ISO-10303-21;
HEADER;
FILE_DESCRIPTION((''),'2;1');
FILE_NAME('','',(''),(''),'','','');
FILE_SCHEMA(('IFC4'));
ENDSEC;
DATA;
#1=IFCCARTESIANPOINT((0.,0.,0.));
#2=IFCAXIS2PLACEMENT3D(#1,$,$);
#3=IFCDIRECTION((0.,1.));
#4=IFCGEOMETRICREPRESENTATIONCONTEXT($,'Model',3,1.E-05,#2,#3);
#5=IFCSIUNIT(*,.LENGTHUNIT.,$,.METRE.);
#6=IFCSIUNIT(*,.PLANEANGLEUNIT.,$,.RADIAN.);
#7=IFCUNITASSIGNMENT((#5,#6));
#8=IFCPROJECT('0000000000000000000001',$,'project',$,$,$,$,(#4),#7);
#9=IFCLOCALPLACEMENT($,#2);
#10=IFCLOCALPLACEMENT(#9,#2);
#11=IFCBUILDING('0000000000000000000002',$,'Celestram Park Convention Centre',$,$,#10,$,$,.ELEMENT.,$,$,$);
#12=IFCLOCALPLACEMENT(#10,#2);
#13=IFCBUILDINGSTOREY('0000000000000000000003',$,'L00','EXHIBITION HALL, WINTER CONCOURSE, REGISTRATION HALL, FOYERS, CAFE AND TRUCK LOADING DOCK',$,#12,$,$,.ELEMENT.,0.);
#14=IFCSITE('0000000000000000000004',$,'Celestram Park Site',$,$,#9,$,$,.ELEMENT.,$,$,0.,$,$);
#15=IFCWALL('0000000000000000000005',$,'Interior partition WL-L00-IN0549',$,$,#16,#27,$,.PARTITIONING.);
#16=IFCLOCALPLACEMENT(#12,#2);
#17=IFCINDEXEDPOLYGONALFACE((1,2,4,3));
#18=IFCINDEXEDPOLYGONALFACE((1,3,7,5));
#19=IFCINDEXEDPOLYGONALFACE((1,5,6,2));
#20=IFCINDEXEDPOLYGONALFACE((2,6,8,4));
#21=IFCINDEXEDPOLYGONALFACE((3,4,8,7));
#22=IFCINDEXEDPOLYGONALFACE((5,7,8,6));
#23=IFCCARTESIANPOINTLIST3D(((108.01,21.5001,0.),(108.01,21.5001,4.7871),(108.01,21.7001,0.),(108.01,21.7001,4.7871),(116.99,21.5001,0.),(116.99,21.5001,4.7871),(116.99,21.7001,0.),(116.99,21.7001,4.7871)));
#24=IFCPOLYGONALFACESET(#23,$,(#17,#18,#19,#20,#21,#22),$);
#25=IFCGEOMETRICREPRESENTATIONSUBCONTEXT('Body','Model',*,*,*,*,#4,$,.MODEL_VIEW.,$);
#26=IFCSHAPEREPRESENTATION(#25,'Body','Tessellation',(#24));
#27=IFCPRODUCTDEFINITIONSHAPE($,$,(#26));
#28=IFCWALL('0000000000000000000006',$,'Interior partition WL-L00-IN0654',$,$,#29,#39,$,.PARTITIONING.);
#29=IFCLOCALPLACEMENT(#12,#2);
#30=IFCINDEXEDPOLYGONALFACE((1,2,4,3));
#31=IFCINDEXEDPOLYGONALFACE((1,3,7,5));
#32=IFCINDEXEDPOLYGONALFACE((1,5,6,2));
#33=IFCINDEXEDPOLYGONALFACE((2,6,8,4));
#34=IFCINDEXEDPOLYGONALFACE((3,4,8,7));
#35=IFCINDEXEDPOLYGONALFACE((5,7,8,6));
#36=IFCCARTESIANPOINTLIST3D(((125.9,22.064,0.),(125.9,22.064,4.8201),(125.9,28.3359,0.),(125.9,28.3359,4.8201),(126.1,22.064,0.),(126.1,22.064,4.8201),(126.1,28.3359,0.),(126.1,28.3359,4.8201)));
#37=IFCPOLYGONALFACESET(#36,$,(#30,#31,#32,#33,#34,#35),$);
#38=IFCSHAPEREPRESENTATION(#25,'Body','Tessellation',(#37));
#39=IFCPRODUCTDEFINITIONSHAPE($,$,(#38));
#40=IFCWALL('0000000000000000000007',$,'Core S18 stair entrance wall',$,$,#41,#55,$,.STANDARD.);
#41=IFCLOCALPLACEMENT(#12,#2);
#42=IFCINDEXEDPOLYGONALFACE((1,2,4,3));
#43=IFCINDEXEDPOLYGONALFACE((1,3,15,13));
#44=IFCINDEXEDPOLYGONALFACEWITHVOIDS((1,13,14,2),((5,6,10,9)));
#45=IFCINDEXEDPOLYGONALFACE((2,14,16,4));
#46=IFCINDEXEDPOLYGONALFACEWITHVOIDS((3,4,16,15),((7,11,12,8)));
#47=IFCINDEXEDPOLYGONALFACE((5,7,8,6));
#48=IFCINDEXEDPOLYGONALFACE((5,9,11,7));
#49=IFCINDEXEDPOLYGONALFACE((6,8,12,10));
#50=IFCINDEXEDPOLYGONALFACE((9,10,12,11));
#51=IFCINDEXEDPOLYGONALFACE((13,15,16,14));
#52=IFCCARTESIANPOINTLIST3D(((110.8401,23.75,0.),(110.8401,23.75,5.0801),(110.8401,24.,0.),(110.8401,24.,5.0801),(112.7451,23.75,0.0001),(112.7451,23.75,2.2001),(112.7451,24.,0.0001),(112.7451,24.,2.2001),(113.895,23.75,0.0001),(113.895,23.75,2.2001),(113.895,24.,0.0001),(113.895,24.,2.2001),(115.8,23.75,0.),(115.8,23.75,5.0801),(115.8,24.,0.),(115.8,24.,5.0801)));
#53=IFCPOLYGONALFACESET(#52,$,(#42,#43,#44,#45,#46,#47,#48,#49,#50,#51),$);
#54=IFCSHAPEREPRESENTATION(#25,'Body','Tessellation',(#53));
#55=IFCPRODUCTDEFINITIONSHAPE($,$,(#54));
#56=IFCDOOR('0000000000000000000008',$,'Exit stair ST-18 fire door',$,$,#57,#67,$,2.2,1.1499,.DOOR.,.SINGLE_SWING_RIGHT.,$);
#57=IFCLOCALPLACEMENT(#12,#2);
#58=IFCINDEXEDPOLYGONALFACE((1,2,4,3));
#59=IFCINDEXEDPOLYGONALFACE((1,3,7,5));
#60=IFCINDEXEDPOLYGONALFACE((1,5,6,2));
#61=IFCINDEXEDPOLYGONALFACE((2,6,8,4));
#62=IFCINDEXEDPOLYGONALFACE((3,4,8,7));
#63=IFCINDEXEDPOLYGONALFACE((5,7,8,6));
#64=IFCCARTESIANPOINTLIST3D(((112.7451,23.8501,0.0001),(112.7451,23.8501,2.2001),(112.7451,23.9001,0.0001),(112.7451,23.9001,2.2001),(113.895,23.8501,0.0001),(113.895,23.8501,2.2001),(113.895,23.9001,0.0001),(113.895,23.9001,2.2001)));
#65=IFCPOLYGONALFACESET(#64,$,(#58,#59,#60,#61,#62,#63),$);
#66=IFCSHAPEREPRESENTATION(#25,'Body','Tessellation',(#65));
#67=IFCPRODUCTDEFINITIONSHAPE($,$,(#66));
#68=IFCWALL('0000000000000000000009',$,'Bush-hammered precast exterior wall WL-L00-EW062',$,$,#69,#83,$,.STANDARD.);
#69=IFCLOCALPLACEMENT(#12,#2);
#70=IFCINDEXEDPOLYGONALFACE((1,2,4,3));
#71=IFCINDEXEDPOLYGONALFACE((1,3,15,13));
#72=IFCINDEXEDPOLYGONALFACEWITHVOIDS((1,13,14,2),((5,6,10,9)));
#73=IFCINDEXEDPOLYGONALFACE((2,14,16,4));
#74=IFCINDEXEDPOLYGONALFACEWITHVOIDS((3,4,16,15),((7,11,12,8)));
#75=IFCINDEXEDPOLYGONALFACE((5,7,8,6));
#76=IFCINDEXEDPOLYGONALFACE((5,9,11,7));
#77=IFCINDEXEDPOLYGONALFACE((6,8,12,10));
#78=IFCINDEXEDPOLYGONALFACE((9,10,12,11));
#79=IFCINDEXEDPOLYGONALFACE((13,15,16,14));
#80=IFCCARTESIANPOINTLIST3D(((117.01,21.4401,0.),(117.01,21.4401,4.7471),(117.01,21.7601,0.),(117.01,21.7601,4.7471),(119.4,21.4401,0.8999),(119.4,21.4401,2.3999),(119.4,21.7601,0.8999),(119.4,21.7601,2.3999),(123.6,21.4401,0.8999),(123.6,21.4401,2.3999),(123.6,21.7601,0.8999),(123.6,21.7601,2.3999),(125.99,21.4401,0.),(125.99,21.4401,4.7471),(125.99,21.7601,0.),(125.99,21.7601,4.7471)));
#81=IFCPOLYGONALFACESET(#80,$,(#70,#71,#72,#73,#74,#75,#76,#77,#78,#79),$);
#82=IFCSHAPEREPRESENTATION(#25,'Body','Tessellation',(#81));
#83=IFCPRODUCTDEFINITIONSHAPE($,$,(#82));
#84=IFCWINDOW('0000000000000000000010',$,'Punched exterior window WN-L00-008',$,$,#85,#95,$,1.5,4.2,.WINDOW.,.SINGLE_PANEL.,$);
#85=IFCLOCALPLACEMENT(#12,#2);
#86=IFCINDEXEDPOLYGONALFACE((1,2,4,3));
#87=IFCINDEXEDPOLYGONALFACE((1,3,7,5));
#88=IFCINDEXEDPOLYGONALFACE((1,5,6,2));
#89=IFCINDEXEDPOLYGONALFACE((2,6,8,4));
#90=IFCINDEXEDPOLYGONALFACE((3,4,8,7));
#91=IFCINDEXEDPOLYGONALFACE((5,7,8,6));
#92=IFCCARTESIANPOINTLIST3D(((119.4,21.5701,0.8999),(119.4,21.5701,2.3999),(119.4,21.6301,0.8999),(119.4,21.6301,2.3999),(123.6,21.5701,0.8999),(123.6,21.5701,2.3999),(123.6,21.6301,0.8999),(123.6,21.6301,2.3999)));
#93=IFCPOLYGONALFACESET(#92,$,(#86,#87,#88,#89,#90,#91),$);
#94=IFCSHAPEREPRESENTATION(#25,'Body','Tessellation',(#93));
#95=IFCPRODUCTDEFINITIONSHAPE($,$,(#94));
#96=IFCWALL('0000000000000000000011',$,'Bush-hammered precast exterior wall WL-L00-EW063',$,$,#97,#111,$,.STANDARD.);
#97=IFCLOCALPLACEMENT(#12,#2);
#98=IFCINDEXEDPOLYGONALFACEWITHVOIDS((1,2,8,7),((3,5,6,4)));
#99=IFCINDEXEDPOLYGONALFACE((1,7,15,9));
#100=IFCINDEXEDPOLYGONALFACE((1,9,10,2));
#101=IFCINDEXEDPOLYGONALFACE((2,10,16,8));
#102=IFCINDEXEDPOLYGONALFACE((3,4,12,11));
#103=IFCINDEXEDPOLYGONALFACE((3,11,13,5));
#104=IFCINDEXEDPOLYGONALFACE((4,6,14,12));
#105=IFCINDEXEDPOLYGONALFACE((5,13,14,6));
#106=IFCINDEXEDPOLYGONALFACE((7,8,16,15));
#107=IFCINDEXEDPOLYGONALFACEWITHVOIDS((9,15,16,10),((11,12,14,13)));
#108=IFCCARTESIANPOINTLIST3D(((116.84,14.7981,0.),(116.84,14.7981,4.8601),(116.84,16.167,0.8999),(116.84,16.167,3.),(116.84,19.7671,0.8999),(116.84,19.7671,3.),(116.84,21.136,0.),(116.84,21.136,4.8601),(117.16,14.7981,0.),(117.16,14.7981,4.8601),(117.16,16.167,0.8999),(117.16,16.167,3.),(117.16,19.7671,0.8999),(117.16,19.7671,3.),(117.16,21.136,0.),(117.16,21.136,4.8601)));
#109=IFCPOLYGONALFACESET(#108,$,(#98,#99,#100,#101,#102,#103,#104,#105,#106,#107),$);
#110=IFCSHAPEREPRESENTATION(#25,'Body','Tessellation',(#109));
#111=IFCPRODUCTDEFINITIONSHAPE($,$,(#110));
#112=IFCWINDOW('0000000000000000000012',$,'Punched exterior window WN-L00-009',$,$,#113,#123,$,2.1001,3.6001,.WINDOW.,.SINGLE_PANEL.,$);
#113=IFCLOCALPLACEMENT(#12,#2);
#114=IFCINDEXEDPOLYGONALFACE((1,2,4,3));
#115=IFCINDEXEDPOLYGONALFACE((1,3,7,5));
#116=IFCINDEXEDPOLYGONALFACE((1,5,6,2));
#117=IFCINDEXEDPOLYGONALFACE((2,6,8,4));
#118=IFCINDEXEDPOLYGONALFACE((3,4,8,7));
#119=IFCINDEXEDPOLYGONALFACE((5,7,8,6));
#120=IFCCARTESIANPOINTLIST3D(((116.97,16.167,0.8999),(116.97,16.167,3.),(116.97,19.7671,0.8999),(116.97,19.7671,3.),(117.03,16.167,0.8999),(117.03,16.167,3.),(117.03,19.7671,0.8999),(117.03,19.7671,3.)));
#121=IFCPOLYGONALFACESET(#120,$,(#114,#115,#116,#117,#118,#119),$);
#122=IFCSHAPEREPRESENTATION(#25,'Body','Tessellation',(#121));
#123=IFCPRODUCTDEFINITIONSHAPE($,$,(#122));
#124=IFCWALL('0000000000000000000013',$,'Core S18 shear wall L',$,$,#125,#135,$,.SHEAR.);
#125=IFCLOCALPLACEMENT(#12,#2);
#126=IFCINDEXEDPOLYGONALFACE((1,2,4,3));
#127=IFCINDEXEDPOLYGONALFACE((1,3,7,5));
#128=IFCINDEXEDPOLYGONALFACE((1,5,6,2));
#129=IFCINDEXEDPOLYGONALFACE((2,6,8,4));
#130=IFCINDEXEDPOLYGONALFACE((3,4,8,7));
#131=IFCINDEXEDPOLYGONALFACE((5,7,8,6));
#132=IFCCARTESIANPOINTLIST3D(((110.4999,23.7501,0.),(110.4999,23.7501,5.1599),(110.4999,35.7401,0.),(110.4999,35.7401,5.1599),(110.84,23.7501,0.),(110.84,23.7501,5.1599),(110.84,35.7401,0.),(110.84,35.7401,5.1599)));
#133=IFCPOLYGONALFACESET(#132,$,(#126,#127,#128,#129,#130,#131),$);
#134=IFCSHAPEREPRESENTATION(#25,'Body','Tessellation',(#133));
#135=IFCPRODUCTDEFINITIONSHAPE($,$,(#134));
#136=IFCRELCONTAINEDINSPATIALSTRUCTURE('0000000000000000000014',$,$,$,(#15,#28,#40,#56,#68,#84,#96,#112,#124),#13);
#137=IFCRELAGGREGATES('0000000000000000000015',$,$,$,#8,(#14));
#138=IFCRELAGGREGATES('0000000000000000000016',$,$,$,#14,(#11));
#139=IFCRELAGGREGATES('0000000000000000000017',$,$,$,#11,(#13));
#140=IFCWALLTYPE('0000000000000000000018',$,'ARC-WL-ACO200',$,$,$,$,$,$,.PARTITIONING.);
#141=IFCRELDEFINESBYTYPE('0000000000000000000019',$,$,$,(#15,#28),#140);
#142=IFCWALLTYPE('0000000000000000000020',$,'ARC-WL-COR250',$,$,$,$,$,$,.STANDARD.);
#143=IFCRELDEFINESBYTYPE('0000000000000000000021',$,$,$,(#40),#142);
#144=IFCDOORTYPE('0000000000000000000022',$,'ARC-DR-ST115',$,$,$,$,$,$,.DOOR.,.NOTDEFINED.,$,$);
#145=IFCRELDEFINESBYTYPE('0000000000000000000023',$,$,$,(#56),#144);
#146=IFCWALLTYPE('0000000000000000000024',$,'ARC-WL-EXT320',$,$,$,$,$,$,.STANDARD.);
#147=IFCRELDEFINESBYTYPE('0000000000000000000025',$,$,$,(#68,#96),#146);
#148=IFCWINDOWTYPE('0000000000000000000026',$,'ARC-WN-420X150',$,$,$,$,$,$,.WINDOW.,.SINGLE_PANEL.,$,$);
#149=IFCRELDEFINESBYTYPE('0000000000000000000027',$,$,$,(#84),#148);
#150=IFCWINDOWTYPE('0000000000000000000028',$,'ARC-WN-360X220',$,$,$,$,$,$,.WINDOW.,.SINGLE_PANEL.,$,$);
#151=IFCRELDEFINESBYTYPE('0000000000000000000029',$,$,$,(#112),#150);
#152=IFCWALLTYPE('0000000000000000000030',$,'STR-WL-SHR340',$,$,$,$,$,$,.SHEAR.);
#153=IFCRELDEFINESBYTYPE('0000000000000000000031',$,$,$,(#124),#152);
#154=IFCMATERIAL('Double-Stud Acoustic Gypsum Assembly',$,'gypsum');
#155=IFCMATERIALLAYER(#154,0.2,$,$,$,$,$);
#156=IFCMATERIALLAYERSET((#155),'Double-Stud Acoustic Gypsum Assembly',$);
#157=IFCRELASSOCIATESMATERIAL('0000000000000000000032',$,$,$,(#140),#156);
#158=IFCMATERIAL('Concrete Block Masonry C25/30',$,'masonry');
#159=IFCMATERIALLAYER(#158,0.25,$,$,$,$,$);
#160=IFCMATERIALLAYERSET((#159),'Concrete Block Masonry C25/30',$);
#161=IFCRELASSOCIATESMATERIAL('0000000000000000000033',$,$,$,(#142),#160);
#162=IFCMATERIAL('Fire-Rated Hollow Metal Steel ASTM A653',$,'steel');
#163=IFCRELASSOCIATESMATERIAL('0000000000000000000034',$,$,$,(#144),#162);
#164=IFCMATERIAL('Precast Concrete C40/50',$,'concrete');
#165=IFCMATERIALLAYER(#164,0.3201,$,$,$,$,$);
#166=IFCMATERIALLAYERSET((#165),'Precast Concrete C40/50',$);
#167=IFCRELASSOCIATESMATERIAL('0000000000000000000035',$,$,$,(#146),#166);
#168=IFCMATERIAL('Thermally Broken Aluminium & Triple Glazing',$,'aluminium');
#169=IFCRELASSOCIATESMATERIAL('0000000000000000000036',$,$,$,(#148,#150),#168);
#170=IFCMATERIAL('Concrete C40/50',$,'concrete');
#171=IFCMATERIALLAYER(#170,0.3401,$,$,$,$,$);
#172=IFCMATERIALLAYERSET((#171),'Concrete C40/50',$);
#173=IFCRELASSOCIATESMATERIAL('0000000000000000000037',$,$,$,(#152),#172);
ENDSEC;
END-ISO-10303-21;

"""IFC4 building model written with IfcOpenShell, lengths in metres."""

from ifc_helpers import new_model, si_unit, direction, frame, frame_2d, origin, place, context, subcontext, project, spatial, rectangle, extrude, material, layer, layer_set, type_object, element, fill, save


model = new_model("IFC4")

# Units and contexts
model_context = context("Model", 3, precision=1e-05, world=origin(), true_north=direction((0.0, 1.0)))
body_context = subcontext(model_context, "Body", "Model", "MODEL_VIEW")
ifc_project = project(units=[si_unit("LENGTHUNIT", "METRE"), si_unit("PLANEANGLEUNIT", "RADIAN")], contexts=[model_context])

# Site, building, storey
site_placement = place(None, origin())
site = spatial("IfcSite", under=ifc_project, at=site_placement, Name="Celestram Park Site", CompositionType="ELEMENT", RefElevation=0.0)
building_placement = place(site_placement, origin())
building = spatial("IfcBuilding", under=site, at=building_placement, Name="Celestram Park Convention Centre", CompositionType="ELEMENT")
storey_placement = place(building_placement, origin())
storey = spatial("IfcBuildingStorey", under=building, at=storey_placement, Name="L00", Description="EXHIBITION HALL, WINTER CONCOURSE, REGISTRATION HALL, FOYERS, CAFE AND TRUCK LOADING DOCK", CompositionType="ELEMENT", Elevation=0.0)

# Walls
ifc_material_1 = material(Name="Double-Stud Acoustic Gypsum Assembly", Category="gypsum")
ifc_layer_1 = layer(ifc_material_1, 0.2)
ifc_layer_set_1 = layer_set([ifc_layer_1], Name="Double-Stud Acoustic Gypsum Assembly")
wall_type_1 = type_object("IfcWallType", Name="ARC-WL-ACO200", PredefinedType="PARTITIONING", material=ifc_layer_set_1)
wall_1_placement = place(storey_placement, frame((108.01, 21.6001, 0.0), z_axis=(0.0, 0.0, 1.0), x_axis=(1.0, 0.0, 0.0)))
element("IfcWall", 1, at=wall_1_placement, inside=storey, type_object=wall_type_1, Name="Interior partition WL-L00-IN0549", PredefinedType="PARTITIONING", context=body_context, shape_type="SweptSolid", body=[
    extrude(rectangle(XDim=8.98, YDim=0.2, at=frame_2d((4.49, 0.0))), origin(), (0.0, 0.0, 1.0), 4.7871),
])
wall_2_placement = place(storey_placement, frame((126.0, 22.064, 0.0), z_axis=(0.0, 0.0, 1.0), x_axis=(0.0, 1.0, 0.0)))
element("IfcWall", 2, at=wall_2_placement, inside=storey, type_object=wall_type_1, Name="Interior partition WL-L00-IN0654", PredefinedType="PARTITIONING", context=body_context, shape_type="SweptSolid", body=[
    extrude(rectangle(XDim=6.272, YDim=0.2, at=frame_2d((3.136, 0.0))), origin(), (0.0, 0.0, 1.0), 4.8201),
])

# Wall, opening, door
ifc_material_2 = material(Name="Concrete Block Masonry C25/30", Category="masonry")
ifc_layer_2 = layer(ifc_material_2, 0.25)
ifc_layer_set_2 = layer_set([ifc_layer_2], Name="Concrete Block Masonry C25/30")
wall_type_2 = type_object("IfcWallType", Name="ARC-WL-COR250", PredefinedType="STANDARD", material=ifc_layer_set_2)
wall_3_placement = place(storey_placement, frame((115.8, 23.875, 0.0), z_axis=(0.0, 0.0, 1.0), x_axis=(-1.0, 0.0, 0.0)))
wall_3 = element("IfcWall", 3, at=wall_3_placement, inside=storey, type_object=wall_type_2, Name="Core S18 stair entrance wall", PredefinedType="STANDARD", context=body_context, shape_type="SweptSolid", body=[
    extrude(rectangle(XDim=4.96, YDim=0.25, at=frame_2d((2.48, 0.0))), origin(), (0.0, 0.0, 1.0), 5.0801),
])
opening_1_placement = place(wall_3_placement, frame((1.905, 0.0, 0.0)))
opening_1 = element("IfcOpeningElement", 4, at=opening_1_placement, cuts=wall_3, PredefinedType="OPENING", context=body_context, shape_type="SweptSolid", body=[
    extrude(rectangle(XDim=1.1499, YDim=2.2, at=frame_2d((0.575, 1.1001))), frame((0.0, 0.135, 0.0), z_axis=(0.0, -1.0, 0.0), x_axis=(1.0, 0.0, 0.0)), (0.0, 0.0, 1.0), 0.27),
])
ifc_material_3 = material(Name="Fire-Rated Hollow Metal Steel ASTM A653", Category="steel")
door_type = type_object("IfcDoorType", Name="ARC-DR-ST115", OperationType="NOTDEFINED", PredefinedType="DOOR", material=ifc_material_3)
door_placement = place(opening_1_placement, origin())
door = element("IfcDoor", 5, at=door_placement, inside=storey, type_object=door_type, Name="Exit stair ST-18 fire door", OperationType="SINGLE_SWING_RIGHT", OverallHeight=2.2, OverallWidth=1.1499, PredefinedType="DOOR", context=body_context, shape_type="SweptSolid", body=[
    extrude(rectangle(XDim=1.1499, YDim=2.2, at=frame_2d((0.575, 1.1001))), frame((0.0, 0.0249, 0.0), z_axis=(0.0, -1.0, 0.0), x_axis=(1.0, 0.0, 0.0)), (0.0, 0.0, 1.0), 0.05),
])
fill(opening_1, door)

# Walls, openings, windows
ifc_material_4 = material(Name="Precast Concrete C40/50", Category="concrete")
ifc_layer_3 = layer(ifc_material_4, 0.3201)
ifc_layer_set_3 = layer_set([ifc_layer_3], Name="Precast Concrete C40/50")
wall_type_3 = type_object("IfcWallType", Name="ARC-WL-EXT320", PredefinedType="STANDARD", material=ifc_layer_set_3)
wall_4_placement = place(storey_placement, frame((125.99, 21.6001, 0.0), z_axis=(0.0, 0.0, 1.0), x_axis=(-1.0, 0.0, 0.0)))
wall_4 = element("IfcWall", 6, at=wall_4_placement, inside=storey, type_object=wall_type_3, Name="Bush-hammered precast exterior wall WL-L00-EW062", PredefinedType="STANDARD", context=body_context, shape_type="SweptSolid", body=[
    extrude(rectangle(XDim=8.98, YDim=0.3201, at=frame_2d((4.49, 0.0))), origin(), (0.0, 0.0, 1.0), 4.7471),
])
opening_2_placement = place(wall_4_placement, frame((2.3899, 0.0, 0.8999)))
opening_2 = element("IfcOpeningElement", 7, at=opening_2_placement, cuts=wall_4, PredefinedType="OPENING", context=body_context, shape_type="SweptSolid", body=[
    extrude(rectangle(XDim=4.2, YDim=1.5, at=frame_2d((2.1001, 0.75))), frame((0.0, 0.1699, 0.0), z_axis=(0.0, -1.0, 0.0), x_axis=(1.0, 0.0, 0.0)), (0.0, 0.0, 1.0), 0.3401),
])
ifc_material_5 = material(Name="Thermally Broken Aluminium & Triple Glazing", Category="aluminium")
window_type_1 = type_object("IfcWindowType", Name="ARC-WN-420X150", PartitioningType="SINGLE_PANEL", PredefinedType="WINDOW", material=ifc_material_5)
window_1_placement = place(opening_2_placement, origin())
window_1 = element("IfcWindow", 8, at=window_1_placement, inside=storey, type_object=window_type_1, Name="Punched exterior window WN-L00-008", OverallHeight=1.5, OverallWidth=4.2, PartitioningType="SINGLE_PANEL", PredefinedType="WINDOW", context=body_context, shape_type="SweptSolid", body=[
    extrude(rectangle(XDim=4.2, YDim=1.5, at=frame_2d((2.1001, 0.75))), frame((0.0, 0.03, 0.0), z_axis=(0.0, -1.0, 0.0), x_axis=(1.0, 0.0, 0.0)), (0.0, 0.0, 1.0), 0.0601),
])
fill(opening_2, window_1)
wall_5_placement = place(storey_placement, frame((117.0, 21.136, 0.0), z_axis=(0.0, 0.0, 1.0), x_axis=(0.0, -1.0, 0.0)))
wall_5 = element("IfcWall", 9, at=wall_5_placement, inside=storey, type_object=wall_type_3, Name="Bush-hammered precast exterior wall WL-L00-EW063", PredefinedType="STANDARD", context=body_context, shape_type="SweptSolid", body=[
    extrude(rectangle(XDim=6.3379, YDim=0.3201, at=frame_2d((3.1689, 0.0))), origin(), (0.0, 0.0, 1.0), 4.8601),
])
opening_3_placement = place(wall_5_placement, frame((1.3689, 0.0, 0.8999)))
opening_3 = element("IfcOpeningElement", 10, at=opening_3_placement, cuts=wall_5, PredefinedType="OPENING", context=body_context, shape_type="SweptSolid", body=[
    extrude(rectangle(XDim=3.6001, YDim=2.1001, at=frame_2d((1.8, 1.05))), frame((0.0, 0.1699, 0.0), z_axis=(0.0, -1.0, 0.0), x_axis=(1.0, 0.0, 0.0)), (0.0, 0.0, 1.0), 0.3401),
])
window_type_2 = type_object("IfcWindowType", Name="ARC-WN-360X220", PartitioningType="SINGLE_PANEL", PredefinedType="WINDOW", material=ifc_material_5)
window_2_placement = place(opening_3_placement, origin())
window_2 = element("IfcWindow", 11, at=window_2_placement, inside=storey, type_object=window_type_2, Name="Punched exterior window WN-L00-009", OverallHeight=2.1001, OverallWidth=3.6001, PartitioningType="SINGLE_PANEL", PredefinedType="WINDOW", context=body_context, shape_type="SweptSolid", body=[
    extrude(rectangle(XDim=3.6001, YDim=2.1001, at=frame_2d((1.8, 1.05))), frame((0.0, 0.03, 0.0), z_axis=(0.0, -1.0, 0.0), x_axis=(1.0, 0.0, 0.0)), (0.0, 0.0, 1.0), 0.0601),
])
fill(opening_3, window_2)

# Wall
ifc_material_6 = material(Name="Concrete C40/50", Category="concrete")
ifc_layer_4 = layer(ifc_material_6, 0.3401)
ifc_layer_set_4 = layer_set([ifc_layer_4], Name="Concrete C40/50")
wall_type_4 = type_object("IfcWallType", Name="STR-WL-SHR340", PredefinedType="SHEAR", material=ifc_layer_set_4)
wall_6_placement = place(storey_placement, frame((110.6699, 23.75, 0.0), z_axis=(0.0, 0.0, 1.0), x_axis=(0.0, 1.0, 0.0)))
element("IfcWall", 12, at=wall_6_placement, inside=storey, type_object=wall_type_4, Name="Core S18 shear wall L", PredefinedType="SHEAR", context=body_context, shape_type="SweptSolid", body=[
    extrude(rectangle(XDim=11.99, YDim=0.3401, at=frame_2d((5.9951, 0.0))), origin(), (0.0, 0.0, 1.0), 5.1599),
])

save(model, "model.ifc")
